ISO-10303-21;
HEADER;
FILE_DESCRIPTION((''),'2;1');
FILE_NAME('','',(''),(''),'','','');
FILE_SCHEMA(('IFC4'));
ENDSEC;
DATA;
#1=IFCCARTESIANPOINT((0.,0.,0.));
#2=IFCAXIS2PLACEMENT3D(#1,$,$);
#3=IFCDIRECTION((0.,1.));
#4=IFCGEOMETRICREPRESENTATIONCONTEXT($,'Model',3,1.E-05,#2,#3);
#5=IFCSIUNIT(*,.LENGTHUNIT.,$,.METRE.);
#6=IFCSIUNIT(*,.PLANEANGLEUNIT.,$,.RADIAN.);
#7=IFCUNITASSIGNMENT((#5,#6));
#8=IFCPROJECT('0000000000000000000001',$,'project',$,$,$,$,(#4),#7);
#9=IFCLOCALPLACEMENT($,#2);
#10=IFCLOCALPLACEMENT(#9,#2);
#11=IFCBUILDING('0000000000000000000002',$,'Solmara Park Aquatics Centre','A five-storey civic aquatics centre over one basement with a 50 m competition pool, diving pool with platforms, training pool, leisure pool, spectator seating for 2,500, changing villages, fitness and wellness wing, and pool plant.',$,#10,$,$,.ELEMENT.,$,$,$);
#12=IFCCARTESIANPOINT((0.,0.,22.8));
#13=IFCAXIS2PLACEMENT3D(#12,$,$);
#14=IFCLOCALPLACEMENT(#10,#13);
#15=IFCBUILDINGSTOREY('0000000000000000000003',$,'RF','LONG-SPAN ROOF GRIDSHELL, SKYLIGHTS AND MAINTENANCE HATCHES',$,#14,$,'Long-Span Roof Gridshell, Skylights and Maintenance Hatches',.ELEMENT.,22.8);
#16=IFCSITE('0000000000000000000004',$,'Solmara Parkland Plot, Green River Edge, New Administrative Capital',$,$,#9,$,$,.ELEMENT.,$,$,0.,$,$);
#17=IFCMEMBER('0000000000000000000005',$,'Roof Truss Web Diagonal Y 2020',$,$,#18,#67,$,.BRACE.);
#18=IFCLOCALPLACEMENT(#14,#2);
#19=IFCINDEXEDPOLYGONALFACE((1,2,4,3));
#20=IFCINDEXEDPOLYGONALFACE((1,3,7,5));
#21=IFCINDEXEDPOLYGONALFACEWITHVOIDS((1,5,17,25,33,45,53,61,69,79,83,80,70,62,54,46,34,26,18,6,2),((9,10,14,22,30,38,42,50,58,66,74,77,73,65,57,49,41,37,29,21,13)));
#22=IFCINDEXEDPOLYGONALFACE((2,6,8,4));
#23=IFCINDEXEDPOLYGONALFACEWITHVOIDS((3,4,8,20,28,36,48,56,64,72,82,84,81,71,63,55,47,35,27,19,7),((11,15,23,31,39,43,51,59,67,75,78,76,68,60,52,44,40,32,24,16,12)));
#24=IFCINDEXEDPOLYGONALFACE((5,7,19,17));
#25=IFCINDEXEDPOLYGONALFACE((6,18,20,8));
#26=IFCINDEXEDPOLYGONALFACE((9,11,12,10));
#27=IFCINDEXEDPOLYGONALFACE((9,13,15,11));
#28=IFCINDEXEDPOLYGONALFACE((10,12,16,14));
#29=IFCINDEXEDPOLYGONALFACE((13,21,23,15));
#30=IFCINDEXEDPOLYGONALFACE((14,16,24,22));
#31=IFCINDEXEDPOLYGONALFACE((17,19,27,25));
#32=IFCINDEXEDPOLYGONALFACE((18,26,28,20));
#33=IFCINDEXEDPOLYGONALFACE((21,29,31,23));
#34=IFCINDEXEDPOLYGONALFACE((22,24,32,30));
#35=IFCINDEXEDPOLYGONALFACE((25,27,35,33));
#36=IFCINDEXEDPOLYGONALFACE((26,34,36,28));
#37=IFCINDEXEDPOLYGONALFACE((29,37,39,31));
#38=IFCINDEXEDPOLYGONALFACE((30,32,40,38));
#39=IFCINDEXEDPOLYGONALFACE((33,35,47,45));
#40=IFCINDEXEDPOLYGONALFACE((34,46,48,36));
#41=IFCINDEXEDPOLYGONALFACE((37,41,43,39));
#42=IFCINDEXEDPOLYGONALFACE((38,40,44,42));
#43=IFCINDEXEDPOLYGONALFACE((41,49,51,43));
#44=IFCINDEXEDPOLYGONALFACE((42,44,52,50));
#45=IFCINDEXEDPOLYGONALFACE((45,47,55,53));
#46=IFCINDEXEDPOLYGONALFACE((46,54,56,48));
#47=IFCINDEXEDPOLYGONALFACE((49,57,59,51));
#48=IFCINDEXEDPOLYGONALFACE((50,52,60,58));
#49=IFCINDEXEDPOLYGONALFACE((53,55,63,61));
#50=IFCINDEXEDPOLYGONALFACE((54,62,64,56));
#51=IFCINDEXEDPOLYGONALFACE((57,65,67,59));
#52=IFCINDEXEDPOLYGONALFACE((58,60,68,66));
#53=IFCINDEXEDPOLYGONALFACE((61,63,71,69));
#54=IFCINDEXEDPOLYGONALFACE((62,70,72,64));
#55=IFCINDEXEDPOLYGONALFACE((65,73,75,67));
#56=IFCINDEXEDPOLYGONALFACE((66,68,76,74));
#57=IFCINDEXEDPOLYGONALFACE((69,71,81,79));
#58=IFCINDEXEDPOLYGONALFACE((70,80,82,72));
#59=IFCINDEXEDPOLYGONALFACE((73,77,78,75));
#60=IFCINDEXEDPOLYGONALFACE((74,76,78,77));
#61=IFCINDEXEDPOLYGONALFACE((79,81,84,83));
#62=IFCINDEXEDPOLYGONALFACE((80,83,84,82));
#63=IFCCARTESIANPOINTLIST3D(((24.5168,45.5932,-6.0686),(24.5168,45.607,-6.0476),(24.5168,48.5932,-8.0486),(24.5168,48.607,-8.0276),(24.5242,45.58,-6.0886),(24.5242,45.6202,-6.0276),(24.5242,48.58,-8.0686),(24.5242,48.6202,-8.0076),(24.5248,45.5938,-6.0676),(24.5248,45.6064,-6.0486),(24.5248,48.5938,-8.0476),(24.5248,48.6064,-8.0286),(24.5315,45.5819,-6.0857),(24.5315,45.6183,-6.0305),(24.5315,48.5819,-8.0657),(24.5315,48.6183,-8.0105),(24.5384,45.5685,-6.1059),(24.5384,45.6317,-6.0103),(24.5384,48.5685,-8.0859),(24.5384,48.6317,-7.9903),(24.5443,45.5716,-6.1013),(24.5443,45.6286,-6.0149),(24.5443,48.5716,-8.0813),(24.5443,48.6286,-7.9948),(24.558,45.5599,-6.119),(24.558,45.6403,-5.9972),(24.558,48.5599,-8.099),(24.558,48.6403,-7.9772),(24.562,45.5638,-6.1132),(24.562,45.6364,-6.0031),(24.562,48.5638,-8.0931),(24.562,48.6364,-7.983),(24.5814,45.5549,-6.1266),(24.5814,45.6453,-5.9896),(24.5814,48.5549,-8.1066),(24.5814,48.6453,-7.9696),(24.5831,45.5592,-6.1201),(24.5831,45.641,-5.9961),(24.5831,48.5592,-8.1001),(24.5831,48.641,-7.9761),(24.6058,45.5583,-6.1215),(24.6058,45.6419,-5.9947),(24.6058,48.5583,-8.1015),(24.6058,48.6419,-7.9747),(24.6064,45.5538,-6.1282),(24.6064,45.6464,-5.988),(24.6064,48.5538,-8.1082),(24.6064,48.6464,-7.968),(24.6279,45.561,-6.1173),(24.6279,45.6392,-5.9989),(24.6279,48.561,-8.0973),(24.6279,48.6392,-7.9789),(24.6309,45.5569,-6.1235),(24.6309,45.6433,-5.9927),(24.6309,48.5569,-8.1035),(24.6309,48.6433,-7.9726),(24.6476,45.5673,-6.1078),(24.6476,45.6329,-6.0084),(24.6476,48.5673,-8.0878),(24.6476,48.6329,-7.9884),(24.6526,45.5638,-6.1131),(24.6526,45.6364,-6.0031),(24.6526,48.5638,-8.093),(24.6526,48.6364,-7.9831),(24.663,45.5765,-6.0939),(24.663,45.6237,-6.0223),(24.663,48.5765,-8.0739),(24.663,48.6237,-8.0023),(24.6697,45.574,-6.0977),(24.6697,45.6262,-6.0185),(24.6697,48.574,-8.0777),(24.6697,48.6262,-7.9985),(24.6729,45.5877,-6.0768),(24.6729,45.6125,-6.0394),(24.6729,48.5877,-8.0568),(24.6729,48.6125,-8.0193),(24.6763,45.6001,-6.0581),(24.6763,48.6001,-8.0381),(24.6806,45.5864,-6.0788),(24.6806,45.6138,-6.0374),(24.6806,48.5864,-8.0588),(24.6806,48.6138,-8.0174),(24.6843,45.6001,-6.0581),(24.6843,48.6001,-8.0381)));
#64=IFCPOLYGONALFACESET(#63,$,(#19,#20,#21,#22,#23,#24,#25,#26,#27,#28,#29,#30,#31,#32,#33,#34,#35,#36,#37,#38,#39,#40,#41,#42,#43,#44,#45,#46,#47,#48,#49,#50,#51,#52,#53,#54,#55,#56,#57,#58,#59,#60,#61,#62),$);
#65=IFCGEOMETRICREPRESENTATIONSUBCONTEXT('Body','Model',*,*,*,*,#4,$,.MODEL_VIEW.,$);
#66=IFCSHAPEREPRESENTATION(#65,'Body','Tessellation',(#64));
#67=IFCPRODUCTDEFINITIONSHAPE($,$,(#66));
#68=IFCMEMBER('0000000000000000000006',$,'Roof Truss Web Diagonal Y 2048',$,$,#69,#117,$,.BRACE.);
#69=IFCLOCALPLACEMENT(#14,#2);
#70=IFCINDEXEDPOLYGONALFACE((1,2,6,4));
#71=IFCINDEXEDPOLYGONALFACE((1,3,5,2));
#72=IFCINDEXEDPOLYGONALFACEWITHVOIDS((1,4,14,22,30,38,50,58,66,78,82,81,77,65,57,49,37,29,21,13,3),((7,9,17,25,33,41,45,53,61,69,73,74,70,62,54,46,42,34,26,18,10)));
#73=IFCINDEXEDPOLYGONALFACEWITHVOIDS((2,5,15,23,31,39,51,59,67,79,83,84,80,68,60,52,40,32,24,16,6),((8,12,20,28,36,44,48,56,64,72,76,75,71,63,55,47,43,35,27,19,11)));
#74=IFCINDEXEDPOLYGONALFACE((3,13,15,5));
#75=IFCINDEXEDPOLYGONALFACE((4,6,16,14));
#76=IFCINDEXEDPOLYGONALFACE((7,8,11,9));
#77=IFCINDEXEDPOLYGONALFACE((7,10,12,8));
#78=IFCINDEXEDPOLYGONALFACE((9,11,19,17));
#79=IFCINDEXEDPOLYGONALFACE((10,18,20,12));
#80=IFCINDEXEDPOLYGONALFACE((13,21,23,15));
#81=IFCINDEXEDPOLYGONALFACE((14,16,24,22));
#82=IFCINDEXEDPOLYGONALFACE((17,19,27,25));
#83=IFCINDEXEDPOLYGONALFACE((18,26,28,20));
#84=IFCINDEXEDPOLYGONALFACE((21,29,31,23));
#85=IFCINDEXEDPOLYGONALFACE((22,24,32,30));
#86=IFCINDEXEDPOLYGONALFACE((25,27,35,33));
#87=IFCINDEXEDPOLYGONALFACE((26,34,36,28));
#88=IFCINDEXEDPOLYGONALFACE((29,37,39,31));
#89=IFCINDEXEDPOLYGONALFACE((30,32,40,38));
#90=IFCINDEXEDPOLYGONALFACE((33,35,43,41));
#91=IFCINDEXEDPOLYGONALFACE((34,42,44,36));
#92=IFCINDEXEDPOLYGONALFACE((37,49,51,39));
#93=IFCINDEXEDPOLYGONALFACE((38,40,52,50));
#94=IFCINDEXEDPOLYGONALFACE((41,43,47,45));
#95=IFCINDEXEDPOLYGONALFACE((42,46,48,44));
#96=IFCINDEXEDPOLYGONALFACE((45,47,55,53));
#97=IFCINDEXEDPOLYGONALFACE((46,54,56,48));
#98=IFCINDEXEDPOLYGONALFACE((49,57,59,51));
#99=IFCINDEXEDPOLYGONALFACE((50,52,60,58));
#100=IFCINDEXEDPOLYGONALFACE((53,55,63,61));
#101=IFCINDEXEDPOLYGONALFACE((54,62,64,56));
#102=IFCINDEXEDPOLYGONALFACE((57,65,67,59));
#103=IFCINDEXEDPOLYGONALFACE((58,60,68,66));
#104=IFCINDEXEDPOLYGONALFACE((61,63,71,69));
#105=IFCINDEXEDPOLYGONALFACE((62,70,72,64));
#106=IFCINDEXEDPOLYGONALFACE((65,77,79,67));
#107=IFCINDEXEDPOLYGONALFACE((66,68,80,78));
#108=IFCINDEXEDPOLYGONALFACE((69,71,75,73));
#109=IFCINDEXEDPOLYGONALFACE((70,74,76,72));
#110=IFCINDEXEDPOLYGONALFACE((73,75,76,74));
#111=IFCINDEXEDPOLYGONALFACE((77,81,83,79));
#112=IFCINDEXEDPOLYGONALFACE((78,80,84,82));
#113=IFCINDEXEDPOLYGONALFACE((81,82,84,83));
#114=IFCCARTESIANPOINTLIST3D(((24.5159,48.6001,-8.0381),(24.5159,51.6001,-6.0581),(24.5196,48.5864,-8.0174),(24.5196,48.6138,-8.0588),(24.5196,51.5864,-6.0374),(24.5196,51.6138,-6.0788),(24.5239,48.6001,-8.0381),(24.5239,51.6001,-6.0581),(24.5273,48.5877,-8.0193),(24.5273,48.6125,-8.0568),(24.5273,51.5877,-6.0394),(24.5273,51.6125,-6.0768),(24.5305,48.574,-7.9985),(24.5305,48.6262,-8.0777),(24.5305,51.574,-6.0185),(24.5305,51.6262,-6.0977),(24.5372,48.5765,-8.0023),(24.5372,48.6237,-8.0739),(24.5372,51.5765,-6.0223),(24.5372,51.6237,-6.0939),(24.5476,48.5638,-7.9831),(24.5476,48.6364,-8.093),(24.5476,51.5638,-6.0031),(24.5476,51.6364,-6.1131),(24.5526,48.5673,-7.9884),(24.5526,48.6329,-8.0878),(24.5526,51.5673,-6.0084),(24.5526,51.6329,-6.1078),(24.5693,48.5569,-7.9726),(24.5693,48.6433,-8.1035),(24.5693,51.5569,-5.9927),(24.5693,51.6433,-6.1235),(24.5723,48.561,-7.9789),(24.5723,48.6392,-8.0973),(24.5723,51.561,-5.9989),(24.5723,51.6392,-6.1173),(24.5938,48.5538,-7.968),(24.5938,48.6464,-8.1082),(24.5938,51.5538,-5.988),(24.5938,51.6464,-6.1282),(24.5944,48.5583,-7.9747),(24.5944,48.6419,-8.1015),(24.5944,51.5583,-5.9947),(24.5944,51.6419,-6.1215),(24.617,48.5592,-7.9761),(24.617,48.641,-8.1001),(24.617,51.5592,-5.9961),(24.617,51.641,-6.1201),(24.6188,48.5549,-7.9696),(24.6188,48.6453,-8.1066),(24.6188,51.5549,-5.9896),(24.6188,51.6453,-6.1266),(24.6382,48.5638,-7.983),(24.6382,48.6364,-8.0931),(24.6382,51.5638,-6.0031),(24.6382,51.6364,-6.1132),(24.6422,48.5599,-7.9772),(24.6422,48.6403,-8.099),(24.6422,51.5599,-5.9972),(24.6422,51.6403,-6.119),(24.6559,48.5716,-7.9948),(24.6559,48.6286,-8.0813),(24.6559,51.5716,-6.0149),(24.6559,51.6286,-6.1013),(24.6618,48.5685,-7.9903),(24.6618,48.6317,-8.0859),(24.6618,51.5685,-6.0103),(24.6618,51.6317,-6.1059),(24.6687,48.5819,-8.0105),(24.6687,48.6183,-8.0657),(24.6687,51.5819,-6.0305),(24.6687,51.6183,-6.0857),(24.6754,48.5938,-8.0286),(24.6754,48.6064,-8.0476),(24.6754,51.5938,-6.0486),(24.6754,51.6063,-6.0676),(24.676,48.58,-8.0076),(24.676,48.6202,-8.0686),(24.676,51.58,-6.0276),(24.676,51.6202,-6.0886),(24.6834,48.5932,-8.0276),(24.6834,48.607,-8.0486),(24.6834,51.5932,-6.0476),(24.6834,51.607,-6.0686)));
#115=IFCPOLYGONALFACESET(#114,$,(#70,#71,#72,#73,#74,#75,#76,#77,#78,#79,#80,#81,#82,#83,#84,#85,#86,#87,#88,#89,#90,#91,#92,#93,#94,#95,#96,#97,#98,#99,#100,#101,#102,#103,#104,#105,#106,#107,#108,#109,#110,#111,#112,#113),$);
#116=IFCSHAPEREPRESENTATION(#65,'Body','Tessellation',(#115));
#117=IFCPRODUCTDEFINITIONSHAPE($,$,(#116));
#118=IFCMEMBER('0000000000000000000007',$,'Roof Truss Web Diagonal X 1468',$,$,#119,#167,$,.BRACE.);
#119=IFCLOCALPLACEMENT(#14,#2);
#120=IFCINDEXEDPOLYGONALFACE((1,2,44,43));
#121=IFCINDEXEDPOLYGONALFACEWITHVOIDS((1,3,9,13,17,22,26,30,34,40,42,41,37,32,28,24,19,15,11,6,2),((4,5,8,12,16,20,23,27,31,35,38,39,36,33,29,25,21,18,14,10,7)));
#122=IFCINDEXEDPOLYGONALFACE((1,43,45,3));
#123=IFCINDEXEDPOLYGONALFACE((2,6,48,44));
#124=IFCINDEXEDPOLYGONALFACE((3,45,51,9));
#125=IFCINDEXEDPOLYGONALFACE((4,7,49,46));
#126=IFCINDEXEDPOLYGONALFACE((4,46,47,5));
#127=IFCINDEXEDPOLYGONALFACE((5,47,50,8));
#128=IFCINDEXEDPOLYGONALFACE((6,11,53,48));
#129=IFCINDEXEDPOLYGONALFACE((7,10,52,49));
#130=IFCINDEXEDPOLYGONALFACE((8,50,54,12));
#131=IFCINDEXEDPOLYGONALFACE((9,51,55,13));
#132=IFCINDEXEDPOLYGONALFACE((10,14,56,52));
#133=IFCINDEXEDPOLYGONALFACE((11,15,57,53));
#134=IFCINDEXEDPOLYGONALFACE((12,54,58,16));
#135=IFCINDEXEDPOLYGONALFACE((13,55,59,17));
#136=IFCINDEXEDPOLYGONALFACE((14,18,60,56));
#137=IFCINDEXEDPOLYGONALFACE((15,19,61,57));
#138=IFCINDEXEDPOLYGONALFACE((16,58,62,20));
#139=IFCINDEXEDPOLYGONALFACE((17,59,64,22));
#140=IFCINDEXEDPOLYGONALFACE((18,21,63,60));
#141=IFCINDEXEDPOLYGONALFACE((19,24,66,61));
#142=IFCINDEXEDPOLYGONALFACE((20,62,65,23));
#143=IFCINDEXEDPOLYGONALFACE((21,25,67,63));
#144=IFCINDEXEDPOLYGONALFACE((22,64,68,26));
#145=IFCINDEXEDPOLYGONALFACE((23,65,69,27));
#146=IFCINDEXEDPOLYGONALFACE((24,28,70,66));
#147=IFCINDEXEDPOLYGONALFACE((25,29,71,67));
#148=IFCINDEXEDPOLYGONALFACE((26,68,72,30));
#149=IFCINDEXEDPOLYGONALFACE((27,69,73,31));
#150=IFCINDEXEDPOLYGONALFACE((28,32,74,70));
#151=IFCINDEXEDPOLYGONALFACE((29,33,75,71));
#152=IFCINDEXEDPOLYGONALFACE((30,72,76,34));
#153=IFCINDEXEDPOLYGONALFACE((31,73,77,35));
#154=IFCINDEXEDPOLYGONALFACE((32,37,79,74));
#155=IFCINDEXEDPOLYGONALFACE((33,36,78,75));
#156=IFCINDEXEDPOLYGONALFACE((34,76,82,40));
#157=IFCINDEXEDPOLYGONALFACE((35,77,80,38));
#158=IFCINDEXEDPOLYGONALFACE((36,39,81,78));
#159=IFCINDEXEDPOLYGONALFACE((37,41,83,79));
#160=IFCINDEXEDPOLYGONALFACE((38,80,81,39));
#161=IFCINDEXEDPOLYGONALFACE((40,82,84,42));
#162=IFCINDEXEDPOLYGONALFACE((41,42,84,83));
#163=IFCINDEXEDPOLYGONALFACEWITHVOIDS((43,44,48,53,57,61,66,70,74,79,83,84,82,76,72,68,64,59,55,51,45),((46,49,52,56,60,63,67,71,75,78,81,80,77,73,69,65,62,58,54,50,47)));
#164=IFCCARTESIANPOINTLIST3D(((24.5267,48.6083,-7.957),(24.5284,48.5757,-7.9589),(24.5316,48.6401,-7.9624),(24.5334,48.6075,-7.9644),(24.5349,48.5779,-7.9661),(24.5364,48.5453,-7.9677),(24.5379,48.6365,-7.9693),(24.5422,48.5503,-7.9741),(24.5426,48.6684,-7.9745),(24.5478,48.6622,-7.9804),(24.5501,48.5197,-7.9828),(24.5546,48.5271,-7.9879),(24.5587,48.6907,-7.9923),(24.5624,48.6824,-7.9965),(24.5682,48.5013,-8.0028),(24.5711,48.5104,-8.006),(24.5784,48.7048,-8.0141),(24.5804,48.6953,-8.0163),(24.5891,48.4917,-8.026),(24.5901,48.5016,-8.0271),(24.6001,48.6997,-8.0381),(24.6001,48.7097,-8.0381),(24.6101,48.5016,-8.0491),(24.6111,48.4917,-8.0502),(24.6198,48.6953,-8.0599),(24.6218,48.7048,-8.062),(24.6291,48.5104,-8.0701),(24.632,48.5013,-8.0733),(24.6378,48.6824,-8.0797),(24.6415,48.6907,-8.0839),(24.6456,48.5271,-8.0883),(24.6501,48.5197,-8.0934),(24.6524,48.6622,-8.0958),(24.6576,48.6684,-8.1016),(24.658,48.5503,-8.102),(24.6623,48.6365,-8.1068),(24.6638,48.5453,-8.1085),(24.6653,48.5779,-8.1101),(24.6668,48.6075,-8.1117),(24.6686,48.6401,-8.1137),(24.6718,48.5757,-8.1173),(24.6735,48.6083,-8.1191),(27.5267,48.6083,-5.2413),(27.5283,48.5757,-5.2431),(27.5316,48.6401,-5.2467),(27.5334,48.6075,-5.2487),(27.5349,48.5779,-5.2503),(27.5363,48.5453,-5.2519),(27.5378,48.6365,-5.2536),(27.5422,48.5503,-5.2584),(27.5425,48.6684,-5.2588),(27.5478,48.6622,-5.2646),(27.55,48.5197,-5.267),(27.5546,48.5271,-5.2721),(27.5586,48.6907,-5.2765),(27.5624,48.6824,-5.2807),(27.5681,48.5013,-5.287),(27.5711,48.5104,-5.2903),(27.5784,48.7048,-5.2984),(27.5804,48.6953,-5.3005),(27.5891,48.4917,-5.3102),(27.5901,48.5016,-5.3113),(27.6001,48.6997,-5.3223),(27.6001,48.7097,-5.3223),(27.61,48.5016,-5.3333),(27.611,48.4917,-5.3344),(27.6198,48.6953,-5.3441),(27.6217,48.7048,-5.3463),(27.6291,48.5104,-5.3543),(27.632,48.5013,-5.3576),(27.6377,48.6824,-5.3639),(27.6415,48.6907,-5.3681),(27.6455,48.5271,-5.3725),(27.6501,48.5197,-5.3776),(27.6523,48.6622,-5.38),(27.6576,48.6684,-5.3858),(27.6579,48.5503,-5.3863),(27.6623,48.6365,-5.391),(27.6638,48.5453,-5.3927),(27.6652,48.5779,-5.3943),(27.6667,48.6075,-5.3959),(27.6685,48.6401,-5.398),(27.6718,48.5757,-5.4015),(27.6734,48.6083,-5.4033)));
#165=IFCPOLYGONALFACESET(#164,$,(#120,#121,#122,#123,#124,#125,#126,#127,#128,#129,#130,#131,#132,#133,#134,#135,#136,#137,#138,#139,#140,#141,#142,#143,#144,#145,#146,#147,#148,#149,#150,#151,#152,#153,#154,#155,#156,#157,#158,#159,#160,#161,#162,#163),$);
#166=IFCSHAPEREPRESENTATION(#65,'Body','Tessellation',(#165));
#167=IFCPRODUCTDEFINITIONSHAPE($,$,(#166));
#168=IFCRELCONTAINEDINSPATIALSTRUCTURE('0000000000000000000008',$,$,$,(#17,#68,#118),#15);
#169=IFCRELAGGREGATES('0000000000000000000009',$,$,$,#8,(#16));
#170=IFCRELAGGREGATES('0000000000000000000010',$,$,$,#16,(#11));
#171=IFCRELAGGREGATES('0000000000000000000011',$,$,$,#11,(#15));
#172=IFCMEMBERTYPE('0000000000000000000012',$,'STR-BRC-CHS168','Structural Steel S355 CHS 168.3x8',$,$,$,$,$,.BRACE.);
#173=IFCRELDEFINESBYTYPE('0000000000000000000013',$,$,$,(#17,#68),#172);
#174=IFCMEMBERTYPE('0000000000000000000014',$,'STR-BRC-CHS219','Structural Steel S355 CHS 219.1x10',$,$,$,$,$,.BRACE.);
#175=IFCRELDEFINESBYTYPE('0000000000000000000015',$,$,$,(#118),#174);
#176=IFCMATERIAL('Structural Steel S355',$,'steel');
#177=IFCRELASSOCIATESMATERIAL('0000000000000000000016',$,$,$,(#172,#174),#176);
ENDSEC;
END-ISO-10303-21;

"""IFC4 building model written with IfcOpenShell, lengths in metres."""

from ifc_helpers import new_model, si_unit, direction, frame, origin, origin_2d, place, context, subcontext, project, spatial, hollow_circle, extrude, material, material_profile, profile_set, type_object, element, save


model = new_model("IFC4")

# Units and contexts
model_context = context("Model", 3, precision=1e-05, world=origin(), true_north=direction((0.0, 1.0)))
body_context = subcontext(model_context, "Body", "Model", "MODEL_VIEW")
ifc_project = project(units=[si_unit("LENGTHUNIT", "METRE"), si_unit("PLANEANGLEUNIT", "RADIAN")], contexts=[model_context])

# Site, building, storey
site_placement = place(None, origin())
site = spatial("IfcSite", under=ifc_project, at=site_placement, Name="Solmara Parkland Plot, Green River Edge, New Administrative Capital", CompositionType="ELEMENT", RefElevation=0.0)
building_placement = place(site_placement, origin())
building = spatial("IfcBuilding", under=site, at=building_placement, Name="Solmara Park Aquatics Centre", Description="A five-storey civic aquatics centre over one basement with a 50 m competition pool, diving pool with platforms, training pool, leisure pool, spectator seating for 2,500, changing villages, fitness and wellness wing, and pool plant.", CompositionType="ELEMENT")
storey_placement = place(building_placement, frame((0.0, 0.0, 22.8)))
storey = spatial("IfcBuildingStorey", under=building, at=storey_placement, Name="RF", Description="LONG-SPAN ROOF GRIDSHELL, SKYLIGHTS AND MAINTENANCE HATCHES", LongName="Long-Span Roof Gridshell, Skylights and Maintenance Hatches", CompositionType="ELEMENT", Elevation=22.8)

# Members
ifc_material_1 = material(Name="Structural Steel S355", Category="steel")
ifc_material_profile_1 = material_profile(ifc_material_1, hollow_circle(Radius=0.0842, WallThickness=0.0081, at=origin_2d()), Name="CHS 168.3x8")
ifc_profile_set_1 = profile_set([ifc_material_profile_1], Name="Structural Steel S355")
member_type_1 = type_object("IfcMemberType", Name="STR-BRC-CHS168", Description="Structural Steel S355 CHS 168.3x8", PredefinedType="BRACE", material=ifc_profile_set_1)
for number, where, z_axis, x_axis, name in (
    (1, (24.6001, 48.6001, -8.0381), (0.0, -0.834612, 0.550838), (1.0, 0.0, 0.0), "Roof Truss Web Diagonal Y 2020"),
    (2, (24.6001, 48.6001, -8.0381), (0.0, 0.834612, 0.550838), (-1.0, 0.0, 0.0), "Roof Truss Web Diagonal Y 2048"),
):
    element("IfcMember", number, at=place(storey_placement, frame(where, z_axis=z_axis, x_axis=x_axis)), inside=storey, type_object=member_type_1, Name=name, PredefinedType="BRACE", context=body_context, shape_type="SweptSolid", body=[
        extrude(hollow_circle(Radius=0.0842, WallThickness=0.0081, at=origin_2d()), origin(), (0.0, 0.0, 1.0), 3.5945),
    ])
ifc_material_profile_2 = material_profile(ifc_material_1, hollow_circle(Radius=0.1096, WallThickness=0.01, at=origin_2d()), Name="CHS 219.1x10")
ifc_profile_set_2 = profile_set([ifc_material_profile_2], Name="Structural Steel S355")
member_type_2 = type_object("IfcMemberType", Name="STR-BRC-CHS219", Description="Structural Steel S355 CHS 219.1x10", PredefinedType="BRACE", material=ifc_profile_set_2)
member_1_placement = place(storey_placement, frame((24.6001, 48.6001, -8.0381), z_axis=(0.741347, 0.0, 0.671122), x_axis=(0.0, 1.0, 0.0)))
element("IfcMember", 3, at=member_1_placement, inside=storey, type_object=member_type_2, Name="Roof Truss Web Diagonal X 1468", PredefinedType="BRACE", context=body_context, shape_type="SweptSolid", body=[
    extrude(hollow_circle(Radius=0.1096, WallThickness=0.01, at=origin_2d()), origin(), (0.0, 0.0, 1.0), 4.0466),
])

save(model, "model.ifc")
